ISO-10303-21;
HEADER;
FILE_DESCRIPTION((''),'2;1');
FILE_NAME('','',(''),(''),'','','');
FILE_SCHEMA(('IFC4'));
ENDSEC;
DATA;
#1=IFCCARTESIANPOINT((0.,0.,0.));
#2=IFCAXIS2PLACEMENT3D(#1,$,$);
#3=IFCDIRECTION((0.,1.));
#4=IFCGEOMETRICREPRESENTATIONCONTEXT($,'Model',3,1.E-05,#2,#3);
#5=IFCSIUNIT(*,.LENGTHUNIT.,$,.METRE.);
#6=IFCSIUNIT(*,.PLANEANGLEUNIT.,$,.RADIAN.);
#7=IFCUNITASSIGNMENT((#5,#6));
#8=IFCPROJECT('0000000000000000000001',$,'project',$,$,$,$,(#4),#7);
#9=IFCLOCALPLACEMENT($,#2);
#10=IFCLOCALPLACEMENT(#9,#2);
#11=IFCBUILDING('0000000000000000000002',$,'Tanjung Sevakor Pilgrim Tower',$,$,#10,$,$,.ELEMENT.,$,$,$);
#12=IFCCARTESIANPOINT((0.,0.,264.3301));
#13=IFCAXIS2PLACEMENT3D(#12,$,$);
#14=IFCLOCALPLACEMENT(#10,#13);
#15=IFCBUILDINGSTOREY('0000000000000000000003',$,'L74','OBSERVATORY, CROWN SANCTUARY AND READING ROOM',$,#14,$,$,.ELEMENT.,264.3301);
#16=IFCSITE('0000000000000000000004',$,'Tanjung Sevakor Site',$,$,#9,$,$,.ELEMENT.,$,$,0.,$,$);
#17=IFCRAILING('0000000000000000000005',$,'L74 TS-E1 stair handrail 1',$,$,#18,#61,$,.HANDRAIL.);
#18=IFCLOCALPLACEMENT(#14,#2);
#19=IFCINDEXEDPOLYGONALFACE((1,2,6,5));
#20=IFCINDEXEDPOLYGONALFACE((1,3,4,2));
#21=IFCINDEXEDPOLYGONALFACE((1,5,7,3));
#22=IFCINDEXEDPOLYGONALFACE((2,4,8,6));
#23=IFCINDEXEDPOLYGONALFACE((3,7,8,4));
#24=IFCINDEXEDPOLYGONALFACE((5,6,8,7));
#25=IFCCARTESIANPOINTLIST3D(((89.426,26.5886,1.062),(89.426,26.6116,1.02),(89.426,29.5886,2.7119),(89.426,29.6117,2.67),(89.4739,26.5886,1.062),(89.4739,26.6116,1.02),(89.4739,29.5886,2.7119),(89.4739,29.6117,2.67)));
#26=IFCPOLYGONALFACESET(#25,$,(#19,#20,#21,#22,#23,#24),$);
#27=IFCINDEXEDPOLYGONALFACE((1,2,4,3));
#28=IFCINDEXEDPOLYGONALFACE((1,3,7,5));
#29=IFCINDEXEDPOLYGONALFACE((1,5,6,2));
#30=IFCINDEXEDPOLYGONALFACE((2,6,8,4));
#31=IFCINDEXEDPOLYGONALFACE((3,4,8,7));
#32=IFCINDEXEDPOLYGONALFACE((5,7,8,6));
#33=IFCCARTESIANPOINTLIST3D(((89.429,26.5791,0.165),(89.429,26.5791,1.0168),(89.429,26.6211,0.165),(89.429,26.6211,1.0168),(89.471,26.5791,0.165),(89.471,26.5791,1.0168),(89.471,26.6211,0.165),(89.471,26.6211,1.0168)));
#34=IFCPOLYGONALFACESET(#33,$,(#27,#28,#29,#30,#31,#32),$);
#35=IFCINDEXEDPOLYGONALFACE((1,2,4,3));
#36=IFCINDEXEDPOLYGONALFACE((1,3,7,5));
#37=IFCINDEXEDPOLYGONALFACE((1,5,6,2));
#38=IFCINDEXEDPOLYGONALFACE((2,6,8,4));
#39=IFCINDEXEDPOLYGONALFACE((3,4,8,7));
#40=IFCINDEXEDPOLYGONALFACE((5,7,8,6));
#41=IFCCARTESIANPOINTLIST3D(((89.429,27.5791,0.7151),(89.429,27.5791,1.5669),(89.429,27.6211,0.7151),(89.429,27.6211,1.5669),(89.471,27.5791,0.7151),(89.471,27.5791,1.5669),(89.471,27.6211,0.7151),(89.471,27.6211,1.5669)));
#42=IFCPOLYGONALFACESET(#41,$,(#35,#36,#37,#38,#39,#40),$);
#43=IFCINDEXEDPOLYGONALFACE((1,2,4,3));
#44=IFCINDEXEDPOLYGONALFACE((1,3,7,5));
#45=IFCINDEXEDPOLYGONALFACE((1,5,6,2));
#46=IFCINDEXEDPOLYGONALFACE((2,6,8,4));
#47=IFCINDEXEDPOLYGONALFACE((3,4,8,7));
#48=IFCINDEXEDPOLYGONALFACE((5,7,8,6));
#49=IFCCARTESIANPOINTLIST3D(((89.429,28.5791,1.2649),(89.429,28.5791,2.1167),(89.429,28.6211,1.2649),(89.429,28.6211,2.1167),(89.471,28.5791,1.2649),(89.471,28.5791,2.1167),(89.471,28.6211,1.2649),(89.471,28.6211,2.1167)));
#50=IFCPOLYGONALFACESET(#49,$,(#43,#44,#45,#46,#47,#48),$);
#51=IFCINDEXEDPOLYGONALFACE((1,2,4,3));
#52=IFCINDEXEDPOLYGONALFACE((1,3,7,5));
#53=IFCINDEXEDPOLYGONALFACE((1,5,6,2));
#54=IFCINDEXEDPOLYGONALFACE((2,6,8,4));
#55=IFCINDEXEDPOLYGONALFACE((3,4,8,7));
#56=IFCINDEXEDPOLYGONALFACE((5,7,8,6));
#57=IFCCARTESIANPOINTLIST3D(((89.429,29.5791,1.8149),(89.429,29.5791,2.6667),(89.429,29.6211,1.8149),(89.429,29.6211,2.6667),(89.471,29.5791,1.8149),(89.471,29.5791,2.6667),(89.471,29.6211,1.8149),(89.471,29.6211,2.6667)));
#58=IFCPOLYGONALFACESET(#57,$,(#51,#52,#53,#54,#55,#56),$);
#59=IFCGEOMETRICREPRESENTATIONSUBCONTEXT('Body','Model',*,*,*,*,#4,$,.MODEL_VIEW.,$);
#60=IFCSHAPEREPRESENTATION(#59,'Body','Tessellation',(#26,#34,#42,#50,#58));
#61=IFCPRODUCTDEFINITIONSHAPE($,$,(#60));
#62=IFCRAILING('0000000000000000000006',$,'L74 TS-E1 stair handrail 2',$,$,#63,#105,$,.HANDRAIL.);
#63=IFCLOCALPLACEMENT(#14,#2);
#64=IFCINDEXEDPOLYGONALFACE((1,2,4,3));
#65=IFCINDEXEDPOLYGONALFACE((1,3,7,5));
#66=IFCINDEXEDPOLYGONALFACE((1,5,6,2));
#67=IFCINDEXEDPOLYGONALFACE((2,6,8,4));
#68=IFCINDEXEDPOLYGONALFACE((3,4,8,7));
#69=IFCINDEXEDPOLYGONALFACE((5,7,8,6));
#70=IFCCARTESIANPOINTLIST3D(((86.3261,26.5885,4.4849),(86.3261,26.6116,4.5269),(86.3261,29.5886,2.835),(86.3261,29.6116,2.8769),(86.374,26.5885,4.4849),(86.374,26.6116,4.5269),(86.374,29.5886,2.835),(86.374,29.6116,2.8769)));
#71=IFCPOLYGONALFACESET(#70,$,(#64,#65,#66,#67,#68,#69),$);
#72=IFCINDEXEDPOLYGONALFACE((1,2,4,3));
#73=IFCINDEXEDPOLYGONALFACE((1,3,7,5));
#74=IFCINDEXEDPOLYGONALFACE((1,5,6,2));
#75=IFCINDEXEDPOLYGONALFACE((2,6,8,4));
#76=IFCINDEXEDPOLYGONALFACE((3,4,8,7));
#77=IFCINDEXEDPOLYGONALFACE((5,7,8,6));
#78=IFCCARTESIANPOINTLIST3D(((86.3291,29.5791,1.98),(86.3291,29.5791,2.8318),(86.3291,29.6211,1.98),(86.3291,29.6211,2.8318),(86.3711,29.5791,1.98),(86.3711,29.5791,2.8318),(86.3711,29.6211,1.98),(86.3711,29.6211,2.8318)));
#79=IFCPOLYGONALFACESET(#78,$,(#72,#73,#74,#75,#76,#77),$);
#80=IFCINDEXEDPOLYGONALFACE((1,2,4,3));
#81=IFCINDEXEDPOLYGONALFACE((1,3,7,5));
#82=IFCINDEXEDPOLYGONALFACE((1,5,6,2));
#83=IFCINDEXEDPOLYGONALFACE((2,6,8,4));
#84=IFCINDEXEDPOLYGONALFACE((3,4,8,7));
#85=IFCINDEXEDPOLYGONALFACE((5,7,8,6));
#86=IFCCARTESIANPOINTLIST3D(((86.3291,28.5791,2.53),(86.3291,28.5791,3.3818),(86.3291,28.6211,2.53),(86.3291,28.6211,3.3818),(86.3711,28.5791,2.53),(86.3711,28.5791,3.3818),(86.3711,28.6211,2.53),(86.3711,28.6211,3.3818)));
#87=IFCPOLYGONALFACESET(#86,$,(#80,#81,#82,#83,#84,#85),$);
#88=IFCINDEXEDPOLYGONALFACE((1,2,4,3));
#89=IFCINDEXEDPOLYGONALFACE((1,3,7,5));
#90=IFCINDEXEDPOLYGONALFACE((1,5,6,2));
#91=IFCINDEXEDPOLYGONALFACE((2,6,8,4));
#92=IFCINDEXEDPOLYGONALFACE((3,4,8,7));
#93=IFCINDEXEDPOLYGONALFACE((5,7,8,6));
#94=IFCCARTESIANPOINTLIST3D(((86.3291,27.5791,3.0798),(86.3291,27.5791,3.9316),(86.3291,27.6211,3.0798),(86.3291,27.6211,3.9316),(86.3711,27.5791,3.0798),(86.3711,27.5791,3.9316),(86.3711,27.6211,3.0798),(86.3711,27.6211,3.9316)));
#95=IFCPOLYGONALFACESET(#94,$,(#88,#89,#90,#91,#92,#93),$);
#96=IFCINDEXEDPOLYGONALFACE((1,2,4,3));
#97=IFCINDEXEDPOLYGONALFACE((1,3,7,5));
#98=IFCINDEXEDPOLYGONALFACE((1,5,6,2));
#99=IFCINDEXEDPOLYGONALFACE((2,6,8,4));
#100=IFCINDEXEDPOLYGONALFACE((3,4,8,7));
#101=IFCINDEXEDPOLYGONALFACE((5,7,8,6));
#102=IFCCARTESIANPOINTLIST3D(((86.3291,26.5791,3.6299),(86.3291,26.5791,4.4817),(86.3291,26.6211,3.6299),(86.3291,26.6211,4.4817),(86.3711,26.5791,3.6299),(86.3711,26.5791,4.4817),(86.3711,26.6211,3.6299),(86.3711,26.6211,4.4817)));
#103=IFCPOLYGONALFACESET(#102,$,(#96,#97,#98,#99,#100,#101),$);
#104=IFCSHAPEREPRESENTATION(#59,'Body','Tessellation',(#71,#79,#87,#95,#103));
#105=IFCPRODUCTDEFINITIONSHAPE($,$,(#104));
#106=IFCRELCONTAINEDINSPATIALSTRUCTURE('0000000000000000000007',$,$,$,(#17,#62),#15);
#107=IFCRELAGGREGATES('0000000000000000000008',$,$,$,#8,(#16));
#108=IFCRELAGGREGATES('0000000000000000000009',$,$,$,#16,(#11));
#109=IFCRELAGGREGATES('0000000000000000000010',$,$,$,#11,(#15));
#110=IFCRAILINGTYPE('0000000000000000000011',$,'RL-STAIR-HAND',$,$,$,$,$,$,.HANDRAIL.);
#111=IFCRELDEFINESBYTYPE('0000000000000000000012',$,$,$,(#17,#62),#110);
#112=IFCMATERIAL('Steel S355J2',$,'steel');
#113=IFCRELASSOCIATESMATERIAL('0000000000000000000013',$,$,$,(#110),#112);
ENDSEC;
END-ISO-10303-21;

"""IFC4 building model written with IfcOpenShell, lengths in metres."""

from ifc_helpers import new_model, si_unit, direction, frame, origin, place, context, subcontext, project, spatial, rectangle, extrude, material, type_object, element, save


model = new_model("IFC4")

# Units and contexts
model_context = context("Model", 3, precision=1e-05, world=origin(), true_north=direction((0.0, 1.0)))
body_context = subcontext(model_context, "Body", "Model", "MODEL_VIEW")
ifc_project = project(units=[si_unit("LENGTHUNIT", "METRE"), si_unit("PLANEANGLEUNIT", "RADIAN")], contexts=[model_context])

# Site, building, storey
site_placement = place(None, origin())
site = spatial("IfcSite", under=ifc_project, at=site_placement, Name="Tanjung Sevakor Site", CompositionType="ELEMENT", RefElevation=0.0)
building_placement = place(site_placement, origin())
building = spatial("IfcBuilding", under=site, at=building_placement, Name="Tanjung Sevakor Pilgrim Tower", CompositionType="ELEMENT")
storey_placement = place(building_placement, frame((0.0, 0.0, 264.3301)))
storey = spatial("IfcBuildingStorey", under=building, at=storey_placement, Name="L74", Description="OBSERVATORY, CROWN SANCTUARY AND READING ROOM", CompositionType="ELEMENT", Elevation=264.3301)

# Railings
ifc_material_1 = material(Name="Steel S355J2", Category="steel")
railing_type_1 = type_object("IfcRailingType", Name="RL-STAIR-HAND", PredefinedType="HANDRAIL", material=ifc_material_1)
railing_1_placement = place(storey_placement, frame((89.45, 26.6001, 0.165)))
element("IfcRailing", 1, at=railing_1_placement, inside=storey, type_object=railing_type_1, Name="L74 TS-E1 stair handrail 1", PredefinedType="HANDRAIL", context=body_context, shape_type="SweptSolid", body=[
    extrude(rectangle(XDim=0.0479, YDim=0.0479), frame((0.0, 0.0, 0.876), z_axis=(0.0, 0.876228, 0.481897), x_axis=(-1.0, 0.0, 0.0)), (0.0, 0.0, 1.0), 3.4238),
    extrude(rectangle(XDim=0.042, YDim=0.042), origin(), (0.0, 0.0, 1.0), 0.8518),
    extrude(rectangle(XDim=0.042, YDim=0.042), frame((0.0, 1.0, 0.55)), (0.0, 0.0, 1.0), 0.8518),
    extrude(rectangle(XDim=0.042, YDim=0.042), frame((0.0, 2.0, 1.0999)), (0.0, 0.0, 1.0), 0.8518),
    extrude(rectangle(XDim=0.042, YDim=0.042), frame((0.0, 3.0, 1.6499)), (0.0, 0.0, 1.0), 0.8518),
])
railing_2_placement = place(storey_placement, frame((86.3501, 29.6001, 1.98)))
element("IfcRailing", 2, at=railing_2_placement, inside=storey, type_object=railing_type_1, Name="L74 TS-E1 stair handrail 2", PredefinedType="HANDRAIL", context=body_context, shape_type="SweptSolid", body=[
    extrude(rectangle(XDim=0.0479, YDim=0.0479), frame((0.0, 0.0, 0.876), z_axis=(0.0, -0.876228, 0.481897), x_axis=(1.0, 0.0, 0.0)), (0.0, 0.0, 1.0), 3.4238),
    extrude(rectangle(XDim=0.042, YDim=0.042), origin(), (0.0, 0.0, 1.0), 0.8518),
    extrude(rectangle(XDim=0.042, YDim=0.042), frame((0.0, -1.0, 0.55)), (0.0, 0.0, 1.0), 0.8518),
    extrude(rectangle(XDim=0.042, YDim=0.042), frame((0.0, -2.0, 1.0999)), (0.0, 0.0, 1.0), 0.8518),
    extrude(rectangle(XDim=0.042, YDim=0.042), frame((0.0, -3.0, 1.6499)), (0.0, 0.0, 1.0), 0.8518),
])

save(model, "model.ifc")
